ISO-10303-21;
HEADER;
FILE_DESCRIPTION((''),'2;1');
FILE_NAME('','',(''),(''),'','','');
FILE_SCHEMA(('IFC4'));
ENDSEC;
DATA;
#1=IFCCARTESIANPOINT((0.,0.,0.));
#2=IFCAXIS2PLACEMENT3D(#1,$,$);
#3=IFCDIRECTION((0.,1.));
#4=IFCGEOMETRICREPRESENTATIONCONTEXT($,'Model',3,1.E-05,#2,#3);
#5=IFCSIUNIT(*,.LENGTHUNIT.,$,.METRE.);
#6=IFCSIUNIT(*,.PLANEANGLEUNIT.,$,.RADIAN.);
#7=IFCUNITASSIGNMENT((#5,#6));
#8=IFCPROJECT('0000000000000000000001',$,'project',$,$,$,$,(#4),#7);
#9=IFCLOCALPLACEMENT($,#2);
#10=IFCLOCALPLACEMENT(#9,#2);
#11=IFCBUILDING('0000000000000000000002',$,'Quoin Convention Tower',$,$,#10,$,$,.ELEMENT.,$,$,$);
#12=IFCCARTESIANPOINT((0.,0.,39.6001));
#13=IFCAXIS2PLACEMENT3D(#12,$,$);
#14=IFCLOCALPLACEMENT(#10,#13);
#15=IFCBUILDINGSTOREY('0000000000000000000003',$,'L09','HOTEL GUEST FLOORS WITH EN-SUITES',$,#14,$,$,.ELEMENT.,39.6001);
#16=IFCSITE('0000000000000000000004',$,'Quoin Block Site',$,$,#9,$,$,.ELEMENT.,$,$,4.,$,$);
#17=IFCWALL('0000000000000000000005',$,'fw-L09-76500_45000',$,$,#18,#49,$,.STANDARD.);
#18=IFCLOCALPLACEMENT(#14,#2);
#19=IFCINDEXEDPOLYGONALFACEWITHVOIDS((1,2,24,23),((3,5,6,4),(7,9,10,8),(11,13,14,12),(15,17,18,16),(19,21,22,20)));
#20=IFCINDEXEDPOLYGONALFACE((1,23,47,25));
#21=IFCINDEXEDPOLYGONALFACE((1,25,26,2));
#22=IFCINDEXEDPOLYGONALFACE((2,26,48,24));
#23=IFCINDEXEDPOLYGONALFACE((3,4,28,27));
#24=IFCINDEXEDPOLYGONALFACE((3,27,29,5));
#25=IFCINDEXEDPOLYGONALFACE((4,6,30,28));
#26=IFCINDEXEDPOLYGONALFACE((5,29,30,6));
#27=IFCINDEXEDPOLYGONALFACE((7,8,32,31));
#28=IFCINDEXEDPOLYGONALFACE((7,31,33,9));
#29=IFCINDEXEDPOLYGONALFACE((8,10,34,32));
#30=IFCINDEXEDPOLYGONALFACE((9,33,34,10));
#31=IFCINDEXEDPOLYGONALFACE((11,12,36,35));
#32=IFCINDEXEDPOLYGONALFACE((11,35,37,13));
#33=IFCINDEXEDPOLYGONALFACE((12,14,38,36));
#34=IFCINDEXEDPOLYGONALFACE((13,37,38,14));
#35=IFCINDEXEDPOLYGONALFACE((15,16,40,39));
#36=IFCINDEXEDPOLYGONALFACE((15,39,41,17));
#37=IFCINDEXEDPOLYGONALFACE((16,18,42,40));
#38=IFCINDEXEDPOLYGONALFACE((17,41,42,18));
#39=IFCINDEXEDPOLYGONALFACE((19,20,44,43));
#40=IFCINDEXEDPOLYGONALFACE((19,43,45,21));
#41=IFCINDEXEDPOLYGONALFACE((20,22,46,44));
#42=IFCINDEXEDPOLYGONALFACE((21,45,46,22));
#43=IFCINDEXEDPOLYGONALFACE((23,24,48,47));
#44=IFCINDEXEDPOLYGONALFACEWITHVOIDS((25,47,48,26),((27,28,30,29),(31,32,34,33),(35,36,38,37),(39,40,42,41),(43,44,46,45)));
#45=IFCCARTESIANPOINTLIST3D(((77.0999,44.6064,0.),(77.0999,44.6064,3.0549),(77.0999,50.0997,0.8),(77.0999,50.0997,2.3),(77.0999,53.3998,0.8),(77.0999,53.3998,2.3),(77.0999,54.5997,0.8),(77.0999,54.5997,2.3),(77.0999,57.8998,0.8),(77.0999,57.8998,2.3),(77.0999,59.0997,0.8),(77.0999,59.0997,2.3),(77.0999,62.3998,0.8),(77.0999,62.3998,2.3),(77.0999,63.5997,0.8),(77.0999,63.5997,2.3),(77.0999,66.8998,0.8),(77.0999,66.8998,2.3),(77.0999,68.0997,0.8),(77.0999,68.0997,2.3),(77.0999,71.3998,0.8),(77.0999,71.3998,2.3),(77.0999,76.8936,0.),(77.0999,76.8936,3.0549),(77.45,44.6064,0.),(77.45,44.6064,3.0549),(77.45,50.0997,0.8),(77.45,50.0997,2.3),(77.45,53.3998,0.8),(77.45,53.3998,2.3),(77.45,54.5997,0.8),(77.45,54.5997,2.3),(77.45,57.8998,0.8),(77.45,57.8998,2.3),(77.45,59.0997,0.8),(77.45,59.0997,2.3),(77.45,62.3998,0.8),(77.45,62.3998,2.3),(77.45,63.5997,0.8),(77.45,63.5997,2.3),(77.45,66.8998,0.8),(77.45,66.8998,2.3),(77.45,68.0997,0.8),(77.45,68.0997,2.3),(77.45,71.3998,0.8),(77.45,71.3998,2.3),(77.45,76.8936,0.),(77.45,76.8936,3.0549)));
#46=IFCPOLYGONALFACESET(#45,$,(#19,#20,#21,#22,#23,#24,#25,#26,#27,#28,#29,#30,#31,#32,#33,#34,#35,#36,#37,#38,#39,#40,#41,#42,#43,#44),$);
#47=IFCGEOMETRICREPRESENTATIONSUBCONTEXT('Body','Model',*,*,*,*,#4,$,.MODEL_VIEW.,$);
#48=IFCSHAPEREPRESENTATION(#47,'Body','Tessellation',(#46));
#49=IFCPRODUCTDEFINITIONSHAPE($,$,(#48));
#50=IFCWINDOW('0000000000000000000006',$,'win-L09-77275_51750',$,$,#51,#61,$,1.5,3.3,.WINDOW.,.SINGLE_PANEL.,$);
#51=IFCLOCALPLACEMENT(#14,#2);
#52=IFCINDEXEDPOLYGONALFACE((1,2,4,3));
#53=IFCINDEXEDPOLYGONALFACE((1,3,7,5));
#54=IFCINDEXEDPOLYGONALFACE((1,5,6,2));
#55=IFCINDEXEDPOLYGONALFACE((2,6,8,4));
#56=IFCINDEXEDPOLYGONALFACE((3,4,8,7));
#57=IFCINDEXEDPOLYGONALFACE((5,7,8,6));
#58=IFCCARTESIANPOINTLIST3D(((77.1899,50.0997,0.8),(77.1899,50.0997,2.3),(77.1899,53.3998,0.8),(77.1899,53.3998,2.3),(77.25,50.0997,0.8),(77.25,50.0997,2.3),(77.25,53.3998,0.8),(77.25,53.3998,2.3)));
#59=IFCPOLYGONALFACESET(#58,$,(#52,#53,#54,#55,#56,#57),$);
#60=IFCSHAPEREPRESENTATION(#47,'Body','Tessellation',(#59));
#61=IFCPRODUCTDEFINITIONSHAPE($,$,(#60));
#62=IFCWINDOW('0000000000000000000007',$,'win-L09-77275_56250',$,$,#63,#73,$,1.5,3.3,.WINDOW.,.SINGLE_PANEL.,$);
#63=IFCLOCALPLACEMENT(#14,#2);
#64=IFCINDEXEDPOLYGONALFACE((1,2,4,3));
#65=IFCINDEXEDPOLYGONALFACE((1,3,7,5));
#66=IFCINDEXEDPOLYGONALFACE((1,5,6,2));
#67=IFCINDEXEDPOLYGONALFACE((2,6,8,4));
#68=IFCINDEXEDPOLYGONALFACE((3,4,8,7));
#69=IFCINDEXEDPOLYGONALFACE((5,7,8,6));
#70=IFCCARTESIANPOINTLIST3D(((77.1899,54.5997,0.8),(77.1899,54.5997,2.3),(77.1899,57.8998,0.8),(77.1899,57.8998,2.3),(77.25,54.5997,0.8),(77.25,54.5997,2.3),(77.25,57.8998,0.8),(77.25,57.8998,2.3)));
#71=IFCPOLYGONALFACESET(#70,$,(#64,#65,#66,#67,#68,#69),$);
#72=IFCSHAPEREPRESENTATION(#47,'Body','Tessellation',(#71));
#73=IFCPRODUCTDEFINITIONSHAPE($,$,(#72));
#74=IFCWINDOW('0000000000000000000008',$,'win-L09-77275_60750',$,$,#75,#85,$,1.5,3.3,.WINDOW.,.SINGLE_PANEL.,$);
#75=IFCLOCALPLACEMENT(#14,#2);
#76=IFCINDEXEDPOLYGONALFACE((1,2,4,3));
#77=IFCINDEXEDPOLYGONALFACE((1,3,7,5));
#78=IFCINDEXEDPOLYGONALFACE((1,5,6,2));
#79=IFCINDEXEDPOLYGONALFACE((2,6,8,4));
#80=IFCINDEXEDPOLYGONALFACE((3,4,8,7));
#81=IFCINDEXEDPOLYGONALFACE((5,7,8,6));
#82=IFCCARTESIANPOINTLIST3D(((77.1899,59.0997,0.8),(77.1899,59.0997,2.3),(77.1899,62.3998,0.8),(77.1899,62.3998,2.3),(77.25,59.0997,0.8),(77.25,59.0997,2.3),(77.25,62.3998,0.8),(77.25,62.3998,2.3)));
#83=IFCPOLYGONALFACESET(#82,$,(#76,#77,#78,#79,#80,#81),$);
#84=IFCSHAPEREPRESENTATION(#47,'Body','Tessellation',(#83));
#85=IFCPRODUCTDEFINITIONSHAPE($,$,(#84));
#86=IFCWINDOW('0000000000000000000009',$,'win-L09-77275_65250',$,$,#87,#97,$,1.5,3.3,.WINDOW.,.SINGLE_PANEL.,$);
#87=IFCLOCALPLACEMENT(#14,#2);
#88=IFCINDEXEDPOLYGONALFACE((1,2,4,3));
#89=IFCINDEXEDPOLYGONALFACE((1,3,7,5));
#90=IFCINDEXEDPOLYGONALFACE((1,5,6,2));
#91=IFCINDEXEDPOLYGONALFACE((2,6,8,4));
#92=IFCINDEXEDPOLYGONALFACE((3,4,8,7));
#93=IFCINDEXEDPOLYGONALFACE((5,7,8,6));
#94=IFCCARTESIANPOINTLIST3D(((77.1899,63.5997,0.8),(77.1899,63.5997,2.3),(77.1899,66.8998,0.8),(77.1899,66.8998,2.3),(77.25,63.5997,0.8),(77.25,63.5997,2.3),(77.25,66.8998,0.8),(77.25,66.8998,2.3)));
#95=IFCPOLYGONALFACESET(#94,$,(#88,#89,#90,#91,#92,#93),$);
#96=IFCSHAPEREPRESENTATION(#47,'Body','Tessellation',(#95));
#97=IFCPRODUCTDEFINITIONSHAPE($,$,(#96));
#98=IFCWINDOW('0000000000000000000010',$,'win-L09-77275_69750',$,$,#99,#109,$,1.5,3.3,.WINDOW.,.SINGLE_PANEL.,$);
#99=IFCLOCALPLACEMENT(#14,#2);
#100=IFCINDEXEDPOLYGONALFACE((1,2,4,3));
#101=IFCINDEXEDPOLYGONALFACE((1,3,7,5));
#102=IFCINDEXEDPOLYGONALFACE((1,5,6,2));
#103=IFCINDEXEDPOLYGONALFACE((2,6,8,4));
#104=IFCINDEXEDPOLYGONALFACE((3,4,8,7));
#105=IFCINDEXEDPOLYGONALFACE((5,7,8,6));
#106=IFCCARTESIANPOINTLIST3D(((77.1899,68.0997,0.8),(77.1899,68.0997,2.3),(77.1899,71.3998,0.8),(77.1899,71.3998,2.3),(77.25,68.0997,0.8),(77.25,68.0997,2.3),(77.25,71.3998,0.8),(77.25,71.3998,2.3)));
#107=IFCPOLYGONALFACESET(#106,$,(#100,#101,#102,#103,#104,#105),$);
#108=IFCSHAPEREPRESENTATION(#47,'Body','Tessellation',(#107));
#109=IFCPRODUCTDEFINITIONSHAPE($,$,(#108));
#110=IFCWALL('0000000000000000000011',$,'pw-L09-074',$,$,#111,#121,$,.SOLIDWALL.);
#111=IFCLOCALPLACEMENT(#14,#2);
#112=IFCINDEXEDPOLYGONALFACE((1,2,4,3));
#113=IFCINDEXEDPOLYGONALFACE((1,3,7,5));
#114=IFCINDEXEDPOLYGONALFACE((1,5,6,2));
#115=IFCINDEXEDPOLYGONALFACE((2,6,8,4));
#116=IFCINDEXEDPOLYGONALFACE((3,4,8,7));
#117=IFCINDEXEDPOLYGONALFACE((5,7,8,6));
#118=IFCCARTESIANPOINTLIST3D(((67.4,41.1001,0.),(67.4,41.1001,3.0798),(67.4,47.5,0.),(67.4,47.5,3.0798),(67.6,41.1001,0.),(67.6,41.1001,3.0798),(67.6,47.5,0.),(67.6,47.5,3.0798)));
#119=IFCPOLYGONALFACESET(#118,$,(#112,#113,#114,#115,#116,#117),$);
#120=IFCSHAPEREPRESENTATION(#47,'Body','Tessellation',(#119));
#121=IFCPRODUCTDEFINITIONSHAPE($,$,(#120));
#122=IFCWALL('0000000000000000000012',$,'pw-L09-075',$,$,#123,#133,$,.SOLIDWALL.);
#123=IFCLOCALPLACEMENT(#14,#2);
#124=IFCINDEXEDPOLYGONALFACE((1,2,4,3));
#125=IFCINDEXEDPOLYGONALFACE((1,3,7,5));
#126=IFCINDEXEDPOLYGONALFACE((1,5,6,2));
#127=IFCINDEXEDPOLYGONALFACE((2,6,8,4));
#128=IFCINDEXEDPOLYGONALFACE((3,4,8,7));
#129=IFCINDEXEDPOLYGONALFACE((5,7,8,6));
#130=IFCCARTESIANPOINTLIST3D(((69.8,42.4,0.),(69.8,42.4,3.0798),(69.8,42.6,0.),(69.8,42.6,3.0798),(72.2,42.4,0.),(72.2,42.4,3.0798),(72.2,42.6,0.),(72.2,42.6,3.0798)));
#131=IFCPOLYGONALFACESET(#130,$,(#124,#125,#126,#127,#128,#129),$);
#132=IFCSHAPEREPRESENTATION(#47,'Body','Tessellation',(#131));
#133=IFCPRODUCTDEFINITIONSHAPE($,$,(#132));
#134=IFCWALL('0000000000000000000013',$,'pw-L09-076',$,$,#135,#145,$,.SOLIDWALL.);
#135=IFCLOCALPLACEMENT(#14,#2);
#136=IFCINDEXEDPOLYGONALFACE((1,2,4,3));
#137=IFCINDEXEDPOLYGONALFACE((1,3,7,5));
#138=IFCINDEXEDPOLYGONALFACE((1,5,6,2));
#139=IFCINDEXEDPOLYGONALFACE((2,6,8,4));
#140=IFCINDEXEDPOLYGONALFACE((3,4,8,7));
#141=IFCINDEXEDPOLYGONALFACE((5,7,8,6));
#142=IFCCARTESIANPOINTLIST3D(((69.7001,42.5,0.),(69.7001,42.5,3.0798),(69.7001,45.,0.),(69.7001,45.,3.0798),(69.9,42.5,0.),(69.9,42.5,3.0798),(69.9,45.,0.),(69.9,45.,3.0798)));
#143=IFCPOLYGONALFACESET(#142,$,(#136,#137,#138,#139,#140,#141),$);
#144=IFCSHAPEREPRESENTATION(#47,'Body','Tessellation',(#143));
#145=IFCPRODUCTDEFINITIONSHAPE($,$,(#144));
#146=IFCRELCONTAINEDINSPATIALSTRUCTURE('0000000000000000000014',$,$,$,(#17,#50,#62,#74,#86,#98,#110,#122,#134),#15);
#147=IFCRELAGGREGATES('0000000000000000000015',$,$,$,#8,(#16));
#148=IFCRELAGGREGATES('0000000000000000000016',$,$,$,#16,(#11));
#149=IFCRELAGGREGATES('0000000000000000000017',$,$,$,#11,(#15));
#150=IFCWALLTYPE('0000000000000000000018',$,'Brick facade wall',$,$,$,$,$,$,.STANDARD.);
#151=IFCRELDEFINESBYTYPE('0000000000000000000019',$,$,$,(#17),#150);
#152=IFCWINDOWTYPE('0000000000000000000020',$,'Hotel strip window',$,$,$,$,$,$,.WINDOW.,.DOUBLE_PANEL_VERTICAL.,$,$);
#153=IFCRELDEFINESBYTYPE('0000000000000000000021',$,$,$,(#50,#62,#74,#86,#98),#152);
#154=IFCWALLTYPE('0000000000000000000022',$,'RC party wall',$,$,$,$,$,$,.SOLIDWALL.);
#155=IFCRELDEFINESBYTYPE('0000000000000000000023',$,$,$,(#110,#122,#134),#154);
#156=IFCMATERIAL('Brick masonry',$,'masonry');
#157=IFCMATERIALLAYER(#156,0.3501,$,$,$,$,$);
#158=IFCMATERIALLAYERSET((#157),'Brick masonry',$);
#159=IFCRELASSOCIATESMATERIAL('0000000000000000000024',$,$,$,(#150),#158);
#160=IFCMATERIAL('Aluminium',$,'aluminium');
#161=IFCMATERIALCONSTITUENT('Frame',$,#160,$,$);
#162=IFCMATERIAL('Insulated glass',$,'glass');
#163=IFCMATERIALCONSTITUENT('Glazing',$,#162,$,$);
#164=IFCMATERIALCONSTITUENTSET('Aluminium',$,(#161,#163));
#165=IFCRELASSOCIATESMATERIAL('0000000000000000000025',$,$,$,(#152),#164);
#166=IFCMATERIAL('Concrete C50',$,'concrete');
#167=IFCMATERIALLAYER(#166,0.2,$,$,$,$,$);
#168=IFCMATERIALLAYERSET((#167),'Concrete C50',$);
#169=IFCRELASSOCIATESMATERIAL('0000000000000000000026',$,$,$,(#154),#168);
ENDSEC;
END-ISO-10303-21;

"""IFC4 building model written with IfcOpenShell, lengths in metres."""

from ifc_helpers import new_model, si_unit, direction, frame, frame_2d, origin, place, context, subcontext, project, spatial, rectangle, extrude, material, layer, layer_set, constituent, constituent_set, type_object, element, fill, save


model = new_model("IFC4")

# Units and contexts
model_context = context("Model", 3, precision=1e-05, world=origin(), true_north=direction((0.0, 1.0)))
body_context = subcontext(model_context, "Body", "Model", "MODEL_VIEW")
ifc_project = project(units=[si_unit("LENGTHUNIT", "METRE"), si_unit("PLANEANGLEUNIT", "RADIAN")], contexts=[model_context])

# Site, building, storey
site_placement = place(None, origin())
site = spatial("IfcSite", under=ifc_project, at=site_placement, Name="Quoin Block Site", CompositionType="ELEMENT", RefElevation=4.0)
building_placement = place(site_placement, origin())
building = spatial("IfcBuilding", under=site, at=building_placement, Name="Quoin Convention Tower", CompositionType="ELEMENT")
storey_placement = place(building_placement, frame((0.0, 0.0, 39.6001)))
storey = spatial("IfcBuildingStorey", under=building, at=storey_placement, Name="L09", Description="HOTEL GUEST FLOORS WITH EN-SUITES", CompositionType="ELEMENT", Elevation=39.6001)

# Wall, openings, windows
ifc_material_1 = material(Name="Brick masonry", Category="masonry")
ifc_layer_1 = layer(ifc_material_1, 0.3501)
ifc_layer_set_1 = layer_set([ifc_layer_1], Name="Brick masonry")
wall_type_1 = type_object("IfcWallType", Name="Brick facade wall", PredefinedType="STANDARD", material=ifc_layer_set_1)
wall_1_placement = place(storey_placement, frame((77.2749, 44.6064, 0.0), z_axis=(0.0, 0.0, 1.0), x_axis=(0.0, 1.0, 0.0)))
wall_1 = element("IfcWall", 1, at=wall_1_placement, inside=storey, type_object=wall_type_1, Name="fw-L09-76500_45000", PredefinedType="STANDARD", context=body_context, shape_type="SweptSolid", body=[
    extrude(rectangle(XDim=32.2871, YDim=0.3501, at=frame_2d((16.1436, 0.0))), origin(), (0.0, 0.0, 1.0), 3.0549),
])
opening_1_placement = place(wall_1_placement, frame((5.4934, 0.0, 0.8)))
opening_1 = element("IfcOpeningElement", 2, at=opening_1_placement, cuts=wall_1, PredefinedType="OPENING", context=body_context, shape_type="SweptSolid", body=[
    extrude(rectangle(XDim=3.3, YDim=1.5, at=frame_2d((1.6499, 0.75))), frame((0.0, 0.1851, 0.0), z_axis=(0.0, -1.0, 0.0), x_axis=(1.0, 0.0, 0.0)), (0.0, 0.0, 1.0), 0.3701),
])
opening_2_placement = place(wall_1_placement, frame((9.9934, 0.0, 0.8)))
opening_2 = element("IfcOpeningElement", 3, at=opening_2_placement, cuts=wall_1, PredefinedType="OPENING", context=body_context, shape_type="SweptSolid", body=[
    extrude(rectangle(XDim=3.3, YDim=1.5, at=frame_2d((1.6499, 0.75))), frame((0.0, 0.1851, 0.0), z_axis=(0.0, -1.0, 0.0), x_axis=(1.0, 0.0, 0.0)), (0.0, 0.0, 1.0), 0.3701),
])
opening_3_placement = place(wall_1_placement, frame((14.4934, 0.0, 0.8)))
opening_3 = element("IfcOpeningElement", 4, at=opening_3_placement, cuts=wall_1, PredefinedType="OPENING", context=body_context, shape_type="SweptSolid", body=[
    extrude(rectangle(XDim=3.3, YDim=1.5, at=frame_2d((1.6499, 0.75))), frame((0.0, 0.1851, 0.0), z_axis=(0.0, -1.0, 0.0), x_axis=(1.0, 0.0, 0.0)), (0.0, 0.0, 1.0), 0.3701),
])
opening_4_placement = place(wall_1_placement, frame((18.9934, 0.0, 0.8)))
opening_4 = element("IfcOpeningElement", 5, at=opening_4_placement, cuts=wall_1, PredefinedType="OPENING", context=body_context, shape_type="SweptSolid", body=[
    extrude(rectangle(XDim=3.3, YDim=1.5, at=frame_2d((1.6499, 0.75))), frame((0.0, 0.1851, 0.0), z_axis=(0.0, -1.0, 0.0), x_axis=(1.0, 0.0, 0.0)), (0.0, 0.0, 1.0), 0.3701),
])
opening_5_placement = place(wall_1_placement, frame((23.4934, 0.0, 0.8)))
opening_5 = element("IfcOpeningElement", 6, at=opening_5_placement, cuts=wall_1, PredefinedType="OPENING", context=body_context, shape_type="SweptSolid", body=[
    extrude(rectangle(XDim=3.3, YDim=1.5, at=frame_2d((1.6499, 0.75))), frame((0.0, 0.1851, 0.0), z_axis=(0.0, -1.0, 0.0), x_axis=(1.0, 0.0, 0.0)), (0.0, 0.0, 1.0), 0.3701),
])
ifc_material_2 = material(Name="Aluminium", Category="aluminium")
ifc_constituent_1 = constituent(ifc_material_2, Name="Frame")
ifc_material_3 = material(Name="Insulated glass", Category="glass")
ifc_constituent_2 = constituent(ifc_material_3, Name="Glazing")
ifc_constituent_set = constituent_set(constituents=[ifc_constituent_1, ifc_constituent_2], Name="Aluminium")
window_type = type_object("IfcWindowType", Name="Hotel strip window", PartitioningType="DOUBLE_PANEL_VERTICAL", PredefinedType="WINDOW", material=ifc_constituent_set)
window_1_placement = place(opening_1_placement, origin())
window_1 = element("IfcWindow", 7, at=window_1_placement, inside=storey, type_object=window_type, Name="win-L09-77275_51750", OverallHeight=1.5, OverallWidth=3.3, PartitioningType="SINGLE_PANEL", PredefinedType="WINDOW", context=body_context, shape_type="SweptSolid", body=[
    extrude(rectangle(XDim=3.3, YDim=1.5, at=frame_2d((1.6499, 0.75))), frame((0.0, 0.085, 0.0), z_axis=(0.0, -1.0, 0.0), x_axis=(1.0, 0.0, 0.0)), (0.0, 0.0, 1.0), 0.0601),
])
fill(opening_1, window_1)
window_2_placement = place(opening_2_placement, origin())
window_2 = element("IfcWindow", 8, at=window_2_placement, inside=storey, type_object=window_type, Name="win-L09-77275_56250", OverallHeight=1.5, OverallWidth=3.3, PartitioningType="SINGLE_PANEL", PredefinedType="WINDOW", context=body_context, shape_type="SweptSolid", body=[
    extrude(rectangle(XDim=3.3, YDim=1.5, at=frame_2d((1.6499, 0.75))), frame((0.0, 0.085, 0.0), z_axis=(0.0, -1.0, 0.0), x_axis=(1.0, 0.0, 0.0)), (0.0, 0.0, 1.0), 0.0601),
])
fill(opening_2, window_2)
window_3_placement = place(opening_3_placement, origin())
window_3 = element("IfcWindow", 9, at=window_3_placement, inside=storey, type_object=window_type, Name="win-L09-77275_60750", OverallHeight=1.5, OverallWidth=3.3, PartitioningType="SINGLE_PANEL", PredefinedType="WINDOW", context=body_context, shape_type="SweptSolid", body=[
    extrude(rectangle(XDim=3.3, YDim=1.5, at=frame_2d((1.6499, 0.75))), frame((0.0, 0.085, 0.0), z_axis=(0.0, -1.0, 0.0), x_axis=(1.0, 0.0, 0.0)), (0.0, 0.0, 1.0), 0.0601),
])
fill(opening_3, window_3)
window_4_placement = place(opening_4_placement, origin())
window_4 = element("IfcWindow", 10, at=window_4_placement, inside=storey, type_object=window_type, Name="win-L09-77275_65250", OverallHeight=1.5, OverallWidth=3.3, PartitioningType="SINGLE_PANEL", PredefinedType="WINDOW", context=body_context, shape_type="SweptSolid", body=[
    extrude(rectangle(XDim=3.3, YDim=1.5, at=frame_2d((1.6499, 0.75))), frame((0.0, 0.085, 0.0), z_axis=(0.0, -1.0, 0.0), x_axis=(1.0, 0.0, 0.0)), (0.0, 0.0, 1.0), 0.0601),
])
fill(opening_4, window_4)
window_5_placement = place(opening_5_placement, origin())
window_5 = element("IfcWindow", 11, at=window_5_placement, inside=storey, type_object=window_type, Name="win-L09-77275_69750", OverallHeight=1.5, OverallWidth=3.3, PartitioningType="SINGLE_PANEL", PredefinedType="WINDOW", context=body_context, shape_type="SweptSolid", body=[
    extrude(rectangle(XDim=3.3, YDim=1.5, at=frame_2d((1.6499, 0.75))), frame((0.0, 0.085, 0.0), z_axis=(0.0, -1.0, 0.0), x_axis=(1.0, 0.0, 0.0)), (0.0, 0.0, 1.0), 0.0601),
])
fill(opening_5, window_5)

# Walls
ifc_material_4 = material(Name="Concrete C50", Category="concrete")
ifc_layer_2 = layer(ifc_material_4, 0.2)
ifc_layer_set_2 = layer_set([ifc_layer_2], Name="Concrete C50")
wall_type_2 = type_object("IfcWallType", Name="RC party wall", PredefinedType="SOLIDWALL", material=ifc_layer_set_2)
wall_2_placement = place(storey_placement, frame((67.5, 41.1001, 0.0), z_axis=(0.0, 0.0, 1.0), x_axis=(0.0, 1.0, 0.0)))
element("IfcWall", 12, at=wall_2_placement, inside=storey, type_object=wall_type_2, Name="pw-L09-074", PredefinedType="SOLIDWALL", context=body_context, shape_type="SweptSolid", body=[
    extrude(rectangle(XDim=6.3999, YDim=0.2, at=frame_2d((3.2, 0.0))), origin(), (0.0, 0.0, 1.0), 3.0798),
])
wall_3_placement = place(storey_placement, frame((69.8, 42.5, 0.0), z_axis=(0.0, 0.0, 1.0), x_axis=(1.0, 0.0, 0.0)))
element("IfcWall", 13, at=wall_3_placement, inside=storey, type_object=wall_type_2, Name="pw-L09-075", PredefinedType="SOLIDWALL", context=body_context, shape_type="SweptSolid", body=[
    extrude(rectangle(XDim=2.3999, YDim=0.2, at=frame_2d((1.2, 0.0))), origin(), (0.0, 0.0, 1.0), 3.0798),
])
wall_4_placement = place(storey_placement, frame((69.8, 42.5, 0.0), z_axis=(0.0, 0.0, 1.0), x_axis=(0.0, 1.0, 0.0)))
element("IfcWall", 14, at=wall_4_placement, inside=storey, type_object=wall_type_2, Name="pw-L09-076", PredefinedType="SOLIDWALL", context=body_context, shape_type="SweptSolid", body=[
    extrude(rectangle(XDim=2.5, YDim=0.2, at=frame_2d((1.25, 0.0))), origin(), (0.0, 0.0, 1.0), 3.0798),
])

save(model, "model.ifc")
